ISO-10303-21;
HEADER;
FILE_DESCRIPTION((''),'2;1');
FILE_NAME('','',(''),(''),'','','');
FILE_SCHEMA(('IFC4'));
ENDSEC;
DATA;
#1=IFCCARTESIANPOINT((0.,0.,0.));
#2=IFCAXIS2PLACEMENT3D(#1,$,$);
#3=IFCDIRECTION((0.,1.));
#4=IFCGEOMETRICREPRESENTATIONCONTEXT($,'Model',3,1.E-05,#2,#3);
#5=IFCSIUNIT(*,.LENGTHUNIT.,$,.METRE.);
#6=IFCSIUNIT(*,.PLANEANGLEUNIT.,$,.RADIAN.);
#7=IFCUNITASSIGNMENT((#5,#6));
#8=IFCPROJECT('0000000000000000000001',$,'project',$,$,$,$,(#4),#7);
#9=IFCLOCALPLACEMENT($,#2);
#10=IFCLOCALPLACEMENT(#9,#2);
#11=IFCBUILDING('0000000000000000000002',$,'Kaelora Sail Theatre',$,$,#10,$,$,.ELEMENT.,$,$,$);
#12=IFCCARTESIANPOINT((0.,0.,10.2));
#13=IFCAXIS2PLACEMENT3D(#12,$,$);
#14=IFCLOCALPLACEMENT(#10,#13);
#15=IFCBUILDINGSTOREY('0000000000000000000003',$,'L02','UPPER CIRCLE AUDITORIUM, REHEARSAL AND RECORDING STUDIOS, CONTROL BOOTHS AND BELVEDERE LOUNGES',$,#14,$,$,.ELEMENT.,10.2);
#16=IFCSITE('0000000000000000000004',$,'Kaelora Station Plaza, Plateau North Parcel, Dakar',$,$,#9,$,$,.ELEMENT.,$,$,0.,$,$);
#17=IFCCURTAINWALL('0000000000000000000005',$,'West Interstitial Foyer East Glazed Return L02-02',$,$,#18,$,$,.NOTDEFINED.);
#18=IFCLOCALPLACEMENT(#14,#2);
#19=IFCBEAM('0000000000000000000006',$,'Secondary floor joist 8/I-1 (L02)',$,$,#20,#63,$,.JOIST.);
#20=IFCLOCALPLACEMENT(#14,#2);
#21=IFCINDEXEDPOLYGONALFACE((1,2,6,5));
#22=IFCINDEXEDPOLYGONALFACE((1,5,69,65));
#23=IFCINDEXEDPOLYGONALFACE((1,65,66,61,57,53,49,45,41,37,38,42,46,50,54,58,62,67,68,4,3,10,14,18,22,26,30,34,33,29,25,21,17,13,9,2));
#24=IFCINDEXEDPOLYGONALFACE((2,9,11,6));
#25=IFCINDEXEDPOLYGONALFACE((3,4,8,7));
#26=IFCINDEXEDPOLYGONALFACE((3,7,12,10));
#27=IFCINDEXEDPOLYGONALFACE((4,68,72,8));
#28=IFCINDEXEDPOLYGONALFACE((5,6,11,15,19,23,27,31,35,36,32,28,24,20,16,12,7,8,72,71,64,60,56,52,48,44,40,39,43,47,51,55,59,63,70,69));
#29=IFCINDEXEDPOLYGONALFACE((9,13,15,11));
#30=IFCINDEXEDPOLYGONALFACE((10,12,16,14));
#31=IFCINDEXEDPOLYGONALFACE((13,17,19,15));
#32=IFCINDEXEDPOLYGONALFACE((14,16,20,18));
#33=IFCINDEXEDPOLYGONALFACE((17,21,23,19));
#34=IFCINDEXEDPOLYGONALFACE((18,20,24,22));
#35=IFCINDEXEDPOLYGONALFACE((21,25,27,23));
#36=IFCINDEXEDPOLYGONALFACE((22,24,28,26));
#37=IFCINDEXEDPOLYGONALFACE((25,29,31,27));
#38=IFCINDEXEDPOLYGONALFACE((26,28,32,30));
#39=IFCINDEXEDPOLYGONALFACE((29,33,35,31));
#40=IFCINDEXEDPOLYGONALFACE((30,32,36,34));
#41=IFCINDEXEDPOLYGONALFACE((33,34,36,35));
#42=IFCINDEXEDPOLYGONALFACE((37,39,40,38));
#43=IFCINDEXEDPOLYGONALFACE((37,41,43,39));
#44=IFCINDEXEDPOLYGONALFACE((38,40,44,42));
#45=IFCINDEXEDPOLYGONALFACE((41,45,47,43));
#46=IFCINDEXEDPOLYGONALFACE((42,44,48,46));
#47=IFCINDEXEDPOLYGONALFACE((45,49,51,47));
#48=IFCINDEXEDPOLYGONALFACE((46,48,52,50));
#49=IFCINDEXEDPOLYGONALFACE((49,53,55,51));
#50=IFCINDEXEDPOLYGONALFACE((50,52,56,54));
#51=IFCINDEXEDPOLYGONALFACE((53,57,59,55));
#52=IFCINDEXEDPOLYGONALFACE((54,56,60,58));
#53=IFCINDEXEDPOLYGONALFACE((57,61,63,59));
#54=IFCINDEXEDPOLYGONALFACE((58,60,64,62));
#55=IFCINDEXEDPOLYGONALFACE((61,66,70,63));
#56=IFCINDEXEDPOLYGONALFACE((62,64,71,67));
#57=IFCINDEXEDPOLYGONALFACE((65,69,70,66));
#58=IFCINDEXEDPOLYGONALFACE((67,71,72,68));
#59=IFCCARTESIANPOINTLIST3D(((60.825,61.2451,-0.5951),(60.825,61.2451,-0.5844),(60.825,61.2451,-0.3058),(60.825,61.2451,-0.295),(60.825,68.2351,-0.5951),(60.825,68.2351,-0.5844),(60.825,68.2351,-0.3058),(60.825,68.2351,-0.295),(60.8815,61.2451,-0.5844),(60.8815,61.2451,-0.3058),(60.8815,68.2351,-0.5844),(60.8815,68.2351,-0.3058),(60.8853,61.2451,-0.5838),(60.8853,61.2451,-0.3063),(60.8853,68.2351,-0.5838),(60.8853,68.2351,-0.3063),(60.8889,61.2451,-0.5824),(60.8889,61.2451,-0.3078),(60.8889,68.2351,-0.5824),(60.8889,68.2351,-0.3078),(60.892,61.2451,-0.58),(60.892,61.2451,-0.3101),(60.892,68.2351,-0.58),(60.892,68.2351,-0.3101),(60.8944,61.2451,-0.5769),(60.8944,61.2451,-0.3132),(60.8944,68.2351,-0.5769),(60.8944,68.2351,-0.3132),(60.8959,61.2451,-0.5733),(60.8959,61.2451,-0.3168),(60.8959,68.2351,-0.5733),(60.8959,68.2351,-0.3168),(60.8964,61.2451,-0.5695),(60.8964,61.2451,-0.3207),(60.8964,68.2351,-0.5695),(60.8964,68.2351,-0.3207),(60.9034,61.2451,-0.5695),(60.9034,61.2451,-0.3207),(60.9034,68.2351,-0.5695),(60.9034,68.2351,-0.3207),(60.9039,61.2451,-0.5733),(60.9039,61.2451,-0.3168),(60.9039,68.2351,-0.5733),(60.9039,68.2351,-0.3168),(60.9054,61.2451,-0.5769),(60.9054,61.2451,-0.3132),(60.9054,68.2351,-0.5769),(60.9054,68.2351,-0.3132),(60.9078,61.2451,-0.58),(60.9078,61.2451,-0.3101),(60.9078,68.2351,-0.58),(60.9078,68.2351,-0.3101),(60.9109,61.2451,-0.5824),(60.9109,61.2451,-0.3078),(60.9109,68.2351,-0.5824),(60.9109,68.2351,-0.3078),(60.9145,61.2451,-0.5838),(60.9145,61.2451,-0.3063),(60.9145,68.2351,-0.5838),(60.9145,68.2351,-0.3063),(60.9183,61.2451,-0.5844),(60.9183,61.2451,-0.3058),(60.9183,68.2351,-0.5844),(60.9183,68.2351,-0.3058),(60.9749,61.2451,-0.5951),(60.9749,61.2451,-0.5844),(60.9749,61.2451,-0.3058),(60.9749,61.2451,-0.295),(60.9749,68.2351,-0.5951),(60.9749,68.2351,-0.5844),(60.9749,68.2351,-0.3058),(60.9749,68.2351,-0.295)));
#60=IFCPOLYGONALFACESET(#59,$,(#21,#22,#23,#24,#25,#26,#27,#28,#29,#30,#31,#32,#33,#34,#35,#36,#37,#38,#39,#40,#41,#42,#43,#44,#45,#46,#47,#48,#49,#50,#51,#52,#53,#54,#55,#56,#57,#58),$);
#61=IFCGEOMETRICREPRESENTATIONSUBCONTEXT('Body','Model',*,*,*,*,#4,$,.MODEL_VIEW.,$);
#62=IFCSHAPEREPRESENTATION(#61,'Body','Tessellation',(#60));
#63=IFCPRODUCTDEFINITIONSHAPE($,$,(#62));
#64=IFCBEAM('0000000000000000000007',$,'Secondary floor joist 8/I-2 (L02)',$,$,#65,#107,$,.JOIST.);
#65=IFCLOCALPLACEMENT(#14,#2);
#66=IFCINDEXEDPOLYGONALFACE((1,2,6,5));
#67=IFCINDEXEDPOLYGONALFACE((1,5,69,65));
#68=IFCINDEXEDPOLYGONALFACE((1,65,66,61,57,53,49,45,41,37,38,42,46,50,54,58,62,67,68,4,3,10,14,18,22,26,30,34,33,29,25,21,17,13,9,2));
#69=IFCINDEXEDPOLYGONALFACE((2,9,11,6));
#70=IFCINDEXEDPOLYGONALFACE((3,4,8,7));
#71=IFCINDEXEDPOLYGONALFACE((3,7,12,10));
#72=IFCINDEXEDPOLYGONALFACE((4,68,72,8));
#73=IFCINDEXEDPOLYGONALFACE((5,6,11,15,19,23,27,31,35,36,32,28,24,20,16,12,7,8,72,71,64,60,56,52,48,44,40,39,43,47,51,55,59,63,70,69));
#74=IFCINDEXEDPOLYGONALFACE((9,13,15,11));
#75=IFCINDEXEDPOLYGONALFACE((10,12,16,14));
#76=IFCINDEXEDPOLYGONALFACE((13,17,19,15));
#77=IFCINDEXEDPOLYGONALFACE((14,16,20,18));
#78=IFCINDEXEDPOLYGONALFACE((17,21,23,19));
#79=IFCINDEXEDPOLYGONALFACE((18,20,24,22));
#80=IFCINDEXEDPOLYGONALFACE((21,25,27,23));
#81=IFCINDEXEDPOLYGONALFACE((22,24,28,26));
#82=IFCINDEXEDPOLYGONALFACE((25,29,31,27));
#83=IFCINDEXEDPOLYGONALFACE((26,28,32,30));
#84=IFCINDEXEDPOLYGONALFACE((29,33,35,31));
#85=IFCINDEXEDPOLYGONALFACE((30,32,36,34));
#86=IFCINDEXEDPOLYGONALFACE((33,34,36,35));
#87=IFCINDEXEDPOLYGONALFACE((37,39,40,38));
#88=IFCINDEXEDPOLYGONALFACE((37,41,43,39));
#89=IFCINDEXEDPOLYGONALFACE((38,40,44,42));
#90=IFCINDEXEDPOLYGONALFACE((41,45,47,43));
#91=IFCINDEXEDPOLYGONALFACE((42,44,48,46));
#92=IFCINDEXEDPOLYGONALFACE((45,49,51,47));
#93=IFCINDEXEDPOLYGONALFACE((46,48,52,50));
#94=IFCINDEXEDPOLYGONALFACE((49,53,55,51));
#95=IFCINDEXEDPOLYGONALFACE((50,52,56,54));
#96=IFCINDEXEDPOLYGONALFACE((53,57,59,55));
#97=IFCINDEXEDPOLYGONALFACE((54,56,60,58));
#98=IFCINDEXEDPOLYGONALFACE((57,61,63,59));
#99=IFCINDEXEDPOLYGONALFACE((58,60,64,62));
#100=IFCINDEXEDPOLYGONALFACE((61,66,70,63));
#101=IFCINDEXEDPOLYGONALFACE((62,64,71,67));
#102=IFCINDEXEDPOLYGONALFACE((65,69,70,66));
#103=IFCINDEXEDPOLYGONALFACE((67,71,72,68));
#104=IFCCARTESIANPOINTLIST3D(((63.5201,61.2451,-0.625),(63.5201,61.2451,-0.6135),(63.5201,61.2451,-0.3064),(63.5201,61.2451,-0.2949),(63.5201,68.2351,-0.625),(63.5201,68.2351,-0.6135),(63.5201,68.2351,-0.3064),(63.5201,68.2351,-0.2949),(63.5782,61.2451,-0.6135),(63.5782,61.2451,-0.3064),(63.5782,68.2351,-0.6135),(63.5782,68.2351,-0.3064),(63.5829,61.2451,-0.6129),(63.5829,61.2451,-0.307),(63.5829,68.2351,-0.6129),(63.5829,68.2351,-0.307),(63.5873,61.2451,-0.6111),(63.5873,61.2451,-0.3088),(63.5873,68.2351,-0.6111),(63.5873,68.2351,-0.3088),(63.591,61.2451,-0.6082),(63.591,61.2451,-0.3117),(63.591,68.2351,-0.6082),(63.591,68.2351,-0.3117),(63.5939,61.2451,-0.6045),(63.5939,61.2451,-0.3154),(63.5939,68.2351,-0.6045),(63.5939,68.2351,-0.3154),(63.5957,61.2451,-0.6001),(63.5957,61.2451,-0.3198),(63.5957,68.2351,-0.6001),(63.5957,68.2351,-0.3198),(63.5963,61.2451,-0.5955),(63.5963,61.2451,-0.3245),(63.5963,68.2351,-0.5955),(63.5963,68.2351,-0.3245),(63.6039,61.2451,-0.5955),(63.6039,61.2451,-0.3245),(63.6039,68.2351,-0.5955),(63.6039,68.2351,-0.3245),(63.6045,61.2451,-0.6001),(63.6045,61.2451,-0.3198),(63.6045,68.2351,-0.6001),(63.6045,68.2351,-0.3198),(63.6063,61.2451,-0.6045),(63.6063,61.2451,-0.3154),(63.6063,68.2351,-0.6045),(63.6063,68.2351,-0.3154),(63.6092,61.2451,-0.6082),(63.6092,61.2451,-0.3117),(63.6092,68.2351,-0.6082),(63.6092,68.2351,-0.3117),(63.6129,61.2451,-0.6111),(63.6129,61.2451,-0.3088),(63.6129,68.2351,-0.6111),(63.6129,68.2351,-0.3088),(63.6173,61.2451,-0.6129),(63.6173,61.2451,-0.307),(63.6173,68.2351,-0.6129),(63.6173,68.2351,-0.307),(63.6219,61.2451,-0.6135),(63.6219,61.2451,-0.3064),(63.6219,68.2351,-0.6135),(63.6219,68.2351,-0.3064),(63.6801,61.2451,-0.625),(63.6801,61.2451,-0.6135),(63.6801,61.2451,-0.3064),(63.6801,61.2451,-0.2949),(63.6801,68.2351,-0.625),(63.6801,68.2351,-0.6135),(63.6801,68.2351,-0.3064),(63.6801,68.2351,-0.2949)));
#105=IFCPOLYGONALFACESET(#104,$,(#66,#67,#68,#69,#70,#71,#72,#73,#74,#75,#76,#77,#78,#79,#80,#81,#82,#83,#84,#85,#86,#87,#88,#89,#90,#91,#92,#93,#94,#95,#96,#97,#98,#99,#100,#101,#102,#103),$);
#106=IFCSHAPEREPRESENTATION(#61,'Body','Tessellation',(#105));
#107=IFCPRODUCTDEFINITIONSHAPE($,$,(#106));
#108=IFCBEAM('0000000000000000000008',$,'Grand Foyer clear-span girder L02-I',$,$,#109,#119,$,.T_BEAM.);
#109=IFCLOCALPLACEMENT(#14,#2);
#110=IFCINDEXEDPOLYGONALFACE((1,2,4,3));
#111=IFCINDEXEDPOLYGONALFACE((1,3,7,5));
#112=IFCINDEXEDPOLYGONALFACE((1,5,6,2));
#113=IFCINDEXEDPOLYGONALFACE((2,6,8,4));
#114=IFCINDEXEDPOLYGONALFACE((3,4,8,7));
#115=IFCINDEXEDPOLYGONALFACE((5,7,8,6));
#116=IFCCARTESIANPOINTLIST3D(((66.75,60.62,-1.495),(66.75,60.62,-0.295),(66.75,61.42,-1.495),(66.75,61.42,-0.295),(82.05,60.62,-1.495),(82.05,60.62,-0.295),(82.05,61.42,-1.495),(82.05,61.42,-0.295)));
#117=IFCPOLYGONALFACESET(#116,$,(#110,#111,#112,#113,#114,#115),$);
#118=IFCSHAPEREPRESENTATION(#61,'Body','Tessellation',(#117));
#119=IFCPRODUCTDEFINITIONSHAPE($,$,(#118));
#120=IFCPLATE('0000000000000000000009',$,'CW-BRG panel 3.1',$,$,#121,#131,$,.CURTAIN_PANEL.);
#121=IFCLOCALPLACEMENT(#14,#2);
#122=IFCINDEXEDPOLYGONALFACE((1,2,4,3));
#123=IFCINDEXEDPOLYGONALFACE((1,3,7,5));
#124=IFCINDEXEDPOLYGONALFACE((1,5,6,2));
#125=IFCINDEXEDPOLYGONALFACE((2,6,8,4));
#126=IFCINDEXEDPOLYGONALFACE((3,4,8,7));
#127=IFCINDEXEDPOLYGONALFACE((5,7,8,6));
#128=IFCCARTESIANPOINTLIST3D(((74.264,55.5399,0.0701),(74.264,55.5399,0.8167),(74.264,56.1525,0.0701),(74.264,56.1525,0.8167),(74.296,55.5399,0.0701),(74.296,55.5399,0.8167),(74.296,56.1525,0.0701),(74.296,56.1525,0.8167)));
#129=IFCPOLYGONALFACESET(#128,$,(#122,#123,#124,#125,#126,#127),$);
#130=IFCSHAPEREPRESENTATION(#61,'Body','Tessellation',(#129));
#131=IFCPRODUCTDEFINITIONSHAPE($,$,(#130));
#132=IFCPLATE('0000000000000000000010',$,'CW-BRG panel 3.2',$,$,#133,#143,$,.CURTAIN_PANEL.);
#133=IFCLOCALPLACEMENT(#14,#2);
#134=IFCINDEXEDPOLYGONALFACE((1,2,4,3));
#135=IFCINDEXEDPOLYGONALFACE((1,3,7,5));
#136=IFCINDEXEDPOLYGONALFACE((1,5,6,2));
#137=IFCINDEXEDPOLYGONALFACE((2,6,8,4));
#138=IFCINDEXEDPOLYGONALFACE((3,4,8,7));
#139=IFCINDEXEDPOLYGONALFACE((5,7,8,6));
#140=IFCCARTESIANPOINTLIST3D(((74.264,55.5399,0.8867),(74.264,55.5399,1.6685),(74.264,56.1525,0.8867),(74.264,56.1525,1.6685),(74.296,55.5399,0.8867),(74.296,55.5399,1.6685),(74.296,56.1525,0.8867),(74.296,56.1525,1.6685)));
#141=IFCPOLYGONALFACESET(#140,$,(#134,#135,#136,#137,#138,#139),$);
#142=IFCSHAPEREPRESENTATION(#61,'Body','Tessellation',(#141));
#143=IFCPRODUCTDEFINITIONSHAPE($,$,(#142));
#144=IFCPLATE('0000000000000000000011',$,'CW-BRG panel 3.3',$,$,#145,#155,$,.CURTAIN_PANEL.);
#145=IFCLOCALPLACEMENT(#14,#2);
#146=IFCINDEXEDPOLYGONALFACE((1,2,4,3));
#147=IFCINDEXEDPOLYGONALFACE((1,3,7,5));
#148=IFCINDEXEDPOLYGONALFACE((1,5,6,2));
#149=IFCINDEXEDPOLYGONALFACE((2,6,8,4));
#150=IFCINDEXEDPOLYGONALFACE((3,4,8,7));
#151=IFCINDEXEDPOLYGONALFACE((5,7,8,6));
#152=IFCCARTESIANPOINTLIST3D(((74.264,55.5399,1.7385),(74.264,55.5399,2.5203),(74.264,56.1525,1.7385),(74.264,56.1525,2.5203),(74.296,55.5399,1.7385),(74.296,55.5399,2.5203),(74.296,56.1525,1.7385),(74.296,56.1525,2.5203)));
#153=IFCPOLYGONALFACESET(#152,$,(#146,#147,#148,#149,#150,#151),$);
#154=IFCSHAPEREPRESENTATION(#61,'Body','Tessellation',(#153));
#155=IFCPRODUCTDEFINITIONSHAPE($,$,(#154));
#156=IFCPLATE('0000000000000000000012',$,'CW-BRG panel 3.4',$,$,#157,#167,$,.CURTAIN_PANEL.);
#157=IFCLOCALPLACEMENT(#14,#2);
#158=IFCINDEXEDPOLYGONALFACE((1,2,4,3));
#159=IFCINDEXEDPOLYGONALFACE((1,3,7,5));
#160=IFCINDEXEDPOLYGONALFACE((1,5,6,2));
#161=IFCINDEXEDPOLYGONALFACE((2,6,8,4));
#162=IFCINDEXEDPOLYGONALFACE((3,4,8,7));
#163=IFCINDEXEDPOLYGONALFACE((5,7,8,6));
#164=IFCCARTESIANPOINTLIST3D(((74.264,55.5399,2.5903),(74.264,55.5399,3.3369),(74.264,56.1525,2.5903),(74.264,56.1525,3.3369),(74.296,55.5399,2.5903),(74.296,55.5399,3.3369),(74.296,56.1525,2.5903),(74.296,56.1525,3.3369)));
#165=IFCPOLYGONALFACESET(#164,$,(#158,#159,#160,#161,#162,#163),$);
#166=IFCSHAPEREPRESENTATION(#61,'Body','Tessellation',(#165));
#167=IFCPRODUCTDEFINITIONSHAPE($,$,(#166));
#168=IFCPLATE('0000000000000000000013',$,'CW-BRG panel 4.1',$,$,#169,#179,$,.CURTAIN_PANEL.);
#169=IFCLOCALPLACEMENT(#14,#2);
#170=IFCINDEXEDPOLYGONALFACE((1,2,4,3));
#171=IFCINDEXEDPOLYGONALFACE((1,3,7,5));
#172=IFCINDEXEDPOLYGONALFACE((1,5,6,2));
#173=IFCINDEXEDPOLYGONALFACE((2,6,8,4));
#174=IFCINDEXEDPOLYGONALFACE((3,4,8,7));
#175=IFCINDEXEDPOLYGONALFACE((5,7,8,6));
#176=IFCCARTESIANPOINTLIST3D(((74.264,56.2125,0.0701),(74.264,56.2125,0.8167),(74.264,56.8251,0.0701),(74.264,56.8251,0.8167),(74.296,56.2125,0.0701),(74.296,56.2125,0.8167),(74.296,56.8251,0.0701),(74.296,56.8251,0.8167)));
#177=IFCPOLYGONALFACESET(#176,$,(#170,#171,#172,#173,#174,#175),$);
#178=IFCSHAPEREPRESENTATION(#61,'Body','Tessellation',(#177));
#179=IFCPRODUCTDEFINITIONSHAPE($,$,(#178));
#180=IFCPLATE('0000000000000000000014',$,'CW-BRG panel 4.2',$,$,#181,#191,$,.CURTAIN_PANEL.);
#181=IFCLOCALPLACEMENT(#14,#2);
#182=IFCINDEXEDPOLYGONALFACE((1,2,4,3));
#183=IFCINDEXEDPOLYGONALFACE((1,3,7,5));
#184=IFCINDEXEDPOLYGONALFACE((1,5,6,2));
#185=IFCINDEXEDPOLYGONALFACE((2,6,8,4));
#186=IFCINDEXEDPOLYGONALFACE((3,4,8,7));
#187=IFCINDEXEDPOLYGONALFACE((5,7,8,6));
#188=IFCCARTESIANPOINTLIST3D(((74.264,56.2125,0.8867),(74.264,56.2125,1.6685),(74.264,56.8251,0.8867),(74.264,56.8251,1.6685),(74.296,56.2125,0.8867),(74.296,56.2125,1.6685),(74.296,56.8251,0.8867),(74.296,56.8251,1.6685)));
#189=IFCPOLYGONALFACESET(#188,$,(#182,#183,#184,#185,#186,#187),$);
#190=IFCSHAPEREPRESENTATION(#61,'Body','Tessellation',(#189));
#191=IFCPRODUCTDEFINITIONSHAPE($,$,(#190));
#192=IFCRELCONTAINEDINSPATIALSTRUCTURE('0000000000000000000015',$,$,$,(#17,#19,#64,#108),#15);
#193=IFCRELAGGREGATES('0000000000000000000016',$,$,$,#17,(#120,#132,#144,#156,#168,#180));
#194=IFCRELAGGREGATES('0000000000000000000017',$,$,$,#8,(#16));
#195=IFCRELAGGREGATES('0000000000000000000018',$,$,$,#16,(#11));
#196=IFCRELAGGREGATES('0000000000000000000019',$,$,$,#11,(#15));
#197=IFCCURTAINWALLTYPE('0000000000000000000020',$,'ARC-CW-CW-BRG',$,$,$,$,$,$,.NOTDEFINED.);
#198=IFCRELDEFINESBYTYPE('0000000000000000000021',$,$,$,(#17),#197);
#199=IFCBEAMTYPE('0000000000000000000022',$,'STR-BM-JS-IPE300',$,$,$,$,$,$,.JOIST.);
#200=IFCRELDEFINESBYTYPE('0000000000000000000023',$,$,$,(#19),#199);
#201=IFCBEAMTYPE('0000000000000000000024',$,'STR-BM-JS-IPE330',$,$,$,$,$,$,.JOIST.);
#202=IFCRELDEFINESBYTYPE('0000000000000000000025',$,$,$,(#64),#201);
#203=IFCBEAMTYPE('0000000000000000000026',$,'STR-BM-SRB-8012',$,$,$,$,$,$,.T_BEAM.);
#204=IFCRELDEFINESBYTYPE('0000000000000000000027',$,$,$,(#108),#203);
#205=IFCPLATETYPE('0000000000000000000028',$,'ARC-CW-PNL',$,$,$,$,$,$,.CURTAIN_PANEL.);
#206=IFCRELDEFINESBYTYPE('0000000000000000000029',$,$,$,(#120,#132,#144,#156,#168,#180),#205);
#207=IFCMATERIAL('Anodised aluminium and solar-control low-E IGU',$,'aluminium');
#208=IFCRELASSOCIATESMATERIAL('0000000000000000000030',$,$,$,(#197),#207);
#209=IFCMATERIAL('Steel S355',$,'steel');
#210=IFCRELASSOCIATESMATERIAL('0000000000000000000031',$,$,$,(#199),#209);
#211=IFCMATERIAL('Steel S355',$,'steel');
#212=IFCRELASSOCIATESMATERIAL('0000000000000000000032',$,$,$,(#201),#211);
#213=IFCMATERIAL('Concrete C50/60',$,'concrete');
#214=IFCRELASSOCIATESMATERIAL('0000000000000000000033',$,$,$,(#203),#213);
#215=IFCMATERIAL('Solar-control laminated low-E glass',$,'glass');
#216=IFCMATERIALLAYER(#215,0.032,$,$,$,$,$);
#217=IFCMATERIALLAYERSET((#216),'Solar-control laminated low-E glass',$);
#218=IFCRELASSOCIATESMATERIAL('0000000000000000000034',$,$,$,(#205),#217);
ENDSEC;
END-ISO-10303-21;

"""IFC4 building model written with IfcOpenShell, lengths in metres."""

from ifc_helpers import new_model, si_unit, direction, frame, origin, origin_2d, place, context, subcontext, project, spatial, rectangle, i_section, extrude, material, layer, layer_set, material_profile, profile_set, type_object, element, aggregate, save


model = new_model("IFC4")

# Units and contexts
model_context = context("Model", 3, precision=1e-05, world=origin(), true_north=direction((0.0, 1.0)))
body_context = subcontext(model_context, "Body", "Model", "MODEL_VIEW")
ifc_project = project(units=[si_unit("LENGTHUNIT", "METRE"), si_unit("PLANEANGLEUNIT", "RADIAN")], contexts=[model_context])

# Site, building, storey
site_placement = place(None, origin())
site = spatial("IfcSite", under=ifc_project, at=site_placement, Name="Kaelora Station Plaza, Plateau North Parcel, Dakar", CompositionType="ELEMENT", RefElevation=0.0)
building_placement = place(site_placement, origin())
building = spatial("IfcBuilding", under=site, at=building_placement, Name="Kaelora Sail Theatre", CompositionType="ELEMENT")
storey_placement = place(building_placement, frame((0.0, 0.0, 10.2)))
storey = spatial("IfcBuildingStorey", under=building, at=storey_placement, Name="L02", Description="UPPER CIRCLE AUDITORIUM, REHEARSAL AND RECORDING STUDIOS, CONTROL BOOTHS AND BELVEDERE LOUNGES", CompositionType="ELEMENT", Elevation=10.2)

# Curtain wall
ifc_material_1 = material(Name="Anodised aluminium and solar-control low-E IGU", Category="aluminium")
curtain_wall_type = type_object("IfcCurtainWallType", Name="ARC-CW-CW-BRG", PredefinedType="NOTDEFINED", material=ifc_material_1)
curtain_wall_placement = place(storey_placement, origin())
curtain_wall = element("IfcCurtainWall", 1, at=curtain_wall_placement, inside=storey, type_object=curtain_wall_type, Name="West Interstitial Foyer East Glazed Return L02-02", PredefinedType="NOTDEFINED")

# Beams
ifc_material_2 = material(Name="Steel S355", Category="steel")
ifc_material_profile_1 = material_profile(ifc_material_2, i_section(OverallWidth=0.1499, OverallDepth=0.3, WebThickness=0.0071, FlangeThickness=0.0107, FilletRadius=0.0149, at=origin_2d()), Name="IPE 300")
ifc_profile_set_1 = profile_set([ifc_material_profile_1], Name="Steel S355")
beam_type_1 = type_object("IfcBeamType", Name="STR-BM-JS-IPE300", PredefinedType="JOIST", material=ifc_profile_set_1)
beam_1_placement = place(storey_placement, frame((60.8999, 61.2451, -0.4451), z_axis=(0.0, 1.0, 0.0), x_axis=(-1.0, 0.0, 0.0)))
element("IfcBeam", 2, at=beam_1_placement, inside=storey, type_object=beam_type_1, Name="Secondary floor joist 8/I-1 (L02)", PredefinedType="JOIST", context=body_context, shape_type="SweptSolid", body=[
    extrude(i_section(OverallWidth=0.1499, OverallDepth=0.3, WebThickness=0.0071, FlangeThickness=0.0107, FilletRadius=0.0149, at=origin_2d()), origin(), (0.0, 0.0, 1.0), 6.99),
])
ifc_material_3 = material(Name="Steel S355", Category="steel")
ifc_material_profile_2 = material_profile(ifc_material_3, i_section(OverallWidth=0.1599, OverallDepth=0.3301, WebThickness=0.0076, FlangeThickness=0.0115, FilletRadius=0.0181, at=origin_2d()), Name="IPE 330")
ifc_profile_set_2 = profile_set([ifc_material_profile_2], Name="Steel S355")
beam_type_2 = type_object("IfcBeamType", Name="STR-BM-JS-IPE330", PredefinedType="JOIST", material=ifc_profile_set_2)
beam_2_placement = place(storey_placement, frame((63.6001, 61.2451, -0.46), z_axis=(0.0, 1.0, 0.0), x_axis=(-1.0, 0.0, 0.0)))
element("IfcBeam", 3, at=beam_2_placement, inside=storey, type_object=beam_type_2, Name="Secondary floor joist 8/I-2 (L02)", PredefinedType="JOIST", context=body_context, shape_type="SweptSolid", body=[
    extrude(i_section(OverallWidth=0.1599, OverallDepth=0.3301, WebThickness=0.0076, FlangeThickness=0.0115, FilletRadius=0.0181, at=origin_2d()), origin(), (0.0, 0.0, 1.0), 6.99),
])
ifc_material_4 = material(Name="Concrete C50/60", Category="concrete")
ifc_material_profile_3 = material_profile(ifc_material_4, rectangle(XDim=0.8, YDim=1.2, at=origin_2d()), Name="RC-SRB 800x1200")
ifc_profile_set_3 = profile_set([ifc_material_profile_3], Name="Concrete C50/60")
beam_type_3 = type_object("IfcBeamType", Name="STR-BM-SRB-8012", PredefinedType="T_BEAM", material=ifc_profile_set_3)
beam_3_placement = place(storey_placement, frame((66.75, 61.02, -0.895), z_axis=(1.0, 0.0, 0.0), x_axis=(0.0, 1.0, 0.0)))
element("IfcBeam", 4, at=beam_3_placement, inside=storey, type_object=beam_type_3, Name="Grand Foyer clear-span girder L02-I", PredefinedType="T_BEAM", context=body_context, shape_type="SweptSolid", body=[
    extrude(rectangle(XDim=0.8, YDim=1.2, at=origin_2d()), origin(), (0.0, 0.0, 1.0), 15.3),
])

# Plates
ifc_material_5 = material(Name="Solar-control laminated low-E glass", Category="glass")
ifc_layer_1 = layer(ifc_material_5, 0.032)
ifc_layer_set_1 = layer_set([ifc_layer_1], Name="Solar-control laminated low-E glass")
plate_type = type_object("IfcPlateType", Name="ARC-CW-PNL", PredefinedType="CURTAIN_PANEL", material=ifc_layer_set_1)
plate_1_placement = place(storey_placement, frame((74.28, 55.8462, 0.0701), z_axis=(0.0, 0.0, 1.0), x_axis=(0.0, 1.0, 0.0)))
plate_1 = element("IfcPlate", 5, at=plate_1_placement, type_object=plate_type, Name="CW-BRG panel 3.1", PredefinedType="CURTAIN_PANEL", context=body_context, shape_type="SweptSolid", body=[
    extrude(rectangle(XDim=0.6125, YDim=0.032, at=origin_2d()), origin(), (0.0, 0.0, 1.0), 0.7466),
])
plate_2_placement = place(storey_placement, frame((74.28, 55.8462, 0.8867), z_axis=(0.0, 0.0, 1.0), x_axis=(0.0, 1.0, 0.0)))
plate_2 = element("IfcPlate", 6, at=plate_2_placement, type_object=plate_type, Name="CW-BRG panel 3.2", PredefinedType="CURTAIN_PANEL", context=body_context, shape_type="SweptSolid", body=[
    extrude(rectangle(XDim=0.6125, YDim=0.032, at=origin_2d()), origin(), (0.0, 0.0, 1.0), 0.7817),
])
plate_3_placement = place(storey_placement, frame((74.28, 55.8462, 1.7385), z_axis=(0.0, 0.0, 1.0), x_axis=(0.0, 1.0, 0.0)))
plate_3 = element("IfcPlate", 7, at=plate_3_placement, type_object=plate_type, Name="CW-BRG panel 3.3", PredefinedType="CURTAIN_PANEL", context=body_context, shape_type="SweptSolid", body=[
    extrude(rectangle(XDim=0.6125, YDim=0.032, at=origin_2d()), origin(), (0.0, 0.0, 1.0), 0.7817),
])
plate_4_placement = place(storey_placement, frame((74.28, 55.8462, 2.5903), z_axis=(0.0, 0.0, 1.0), x_axis=(0.0, 1.0, 0.0)))
plate_4 = element("IfcPlate", 8, at=plate_4_placement, type_object=plate_type, Name="CW-BRG panel 3.4", PredefinedType="CURTAIN_PANEL", context=body_context, shape_type="SweptSolid", body=[
    extrude(rectangle(XDim=0.6125, YDim=0.032, at=origin_2d()), origin(), (0.0, 0.0, 1.0), 0.7466),
])
plate_5_placement = place(storey_placement, frame((74.28, 56.5188, 0.0701), z_axis=(0.0, 0.0, 1.0), x_axis=(0.0, 1.0, 0.0)))
plate_5 = element("IfcPlate", 9, at=plate_5_placement, type_object=plate_type, Name="CW-BRG panel 4.1", PredefinedType="CURTAIN_PANEL", context=body_context, shape_type="SweptSolid", body=[
    extrude(rectangle(XDim=0.6125, YDim=0.032, at=origin_2d()), origin(), (0.0, 0.0, 1.0), 0.7466),
])
plate_6_placement = place(storey_placement, frame((74.28, 56.5188, 0.8867), z_axis=(0.0, 0.0, 1.0), x_axis=(0.0, 1.0, 0.0)))
plate_6 = element("IfcPlate", 10, at=plate_6_placement, type_object=plate_type, Name="CW-BRG panel 4.2", PredefinedType="CURTAIN_PANEL", context=body_context, shape_type="SweptSolid", body=[
    extrude(rectangle(XDim=0.6125, YDim=0.032, at=origin_2d()), origin(), (0.0, 0.0, 1.0), 0.7817),
])
aggregate(curtain_wall, [plate_1, plate_2, plate_3, plate_4, plate_5, plate_6])

save(model, "model.ifc")
